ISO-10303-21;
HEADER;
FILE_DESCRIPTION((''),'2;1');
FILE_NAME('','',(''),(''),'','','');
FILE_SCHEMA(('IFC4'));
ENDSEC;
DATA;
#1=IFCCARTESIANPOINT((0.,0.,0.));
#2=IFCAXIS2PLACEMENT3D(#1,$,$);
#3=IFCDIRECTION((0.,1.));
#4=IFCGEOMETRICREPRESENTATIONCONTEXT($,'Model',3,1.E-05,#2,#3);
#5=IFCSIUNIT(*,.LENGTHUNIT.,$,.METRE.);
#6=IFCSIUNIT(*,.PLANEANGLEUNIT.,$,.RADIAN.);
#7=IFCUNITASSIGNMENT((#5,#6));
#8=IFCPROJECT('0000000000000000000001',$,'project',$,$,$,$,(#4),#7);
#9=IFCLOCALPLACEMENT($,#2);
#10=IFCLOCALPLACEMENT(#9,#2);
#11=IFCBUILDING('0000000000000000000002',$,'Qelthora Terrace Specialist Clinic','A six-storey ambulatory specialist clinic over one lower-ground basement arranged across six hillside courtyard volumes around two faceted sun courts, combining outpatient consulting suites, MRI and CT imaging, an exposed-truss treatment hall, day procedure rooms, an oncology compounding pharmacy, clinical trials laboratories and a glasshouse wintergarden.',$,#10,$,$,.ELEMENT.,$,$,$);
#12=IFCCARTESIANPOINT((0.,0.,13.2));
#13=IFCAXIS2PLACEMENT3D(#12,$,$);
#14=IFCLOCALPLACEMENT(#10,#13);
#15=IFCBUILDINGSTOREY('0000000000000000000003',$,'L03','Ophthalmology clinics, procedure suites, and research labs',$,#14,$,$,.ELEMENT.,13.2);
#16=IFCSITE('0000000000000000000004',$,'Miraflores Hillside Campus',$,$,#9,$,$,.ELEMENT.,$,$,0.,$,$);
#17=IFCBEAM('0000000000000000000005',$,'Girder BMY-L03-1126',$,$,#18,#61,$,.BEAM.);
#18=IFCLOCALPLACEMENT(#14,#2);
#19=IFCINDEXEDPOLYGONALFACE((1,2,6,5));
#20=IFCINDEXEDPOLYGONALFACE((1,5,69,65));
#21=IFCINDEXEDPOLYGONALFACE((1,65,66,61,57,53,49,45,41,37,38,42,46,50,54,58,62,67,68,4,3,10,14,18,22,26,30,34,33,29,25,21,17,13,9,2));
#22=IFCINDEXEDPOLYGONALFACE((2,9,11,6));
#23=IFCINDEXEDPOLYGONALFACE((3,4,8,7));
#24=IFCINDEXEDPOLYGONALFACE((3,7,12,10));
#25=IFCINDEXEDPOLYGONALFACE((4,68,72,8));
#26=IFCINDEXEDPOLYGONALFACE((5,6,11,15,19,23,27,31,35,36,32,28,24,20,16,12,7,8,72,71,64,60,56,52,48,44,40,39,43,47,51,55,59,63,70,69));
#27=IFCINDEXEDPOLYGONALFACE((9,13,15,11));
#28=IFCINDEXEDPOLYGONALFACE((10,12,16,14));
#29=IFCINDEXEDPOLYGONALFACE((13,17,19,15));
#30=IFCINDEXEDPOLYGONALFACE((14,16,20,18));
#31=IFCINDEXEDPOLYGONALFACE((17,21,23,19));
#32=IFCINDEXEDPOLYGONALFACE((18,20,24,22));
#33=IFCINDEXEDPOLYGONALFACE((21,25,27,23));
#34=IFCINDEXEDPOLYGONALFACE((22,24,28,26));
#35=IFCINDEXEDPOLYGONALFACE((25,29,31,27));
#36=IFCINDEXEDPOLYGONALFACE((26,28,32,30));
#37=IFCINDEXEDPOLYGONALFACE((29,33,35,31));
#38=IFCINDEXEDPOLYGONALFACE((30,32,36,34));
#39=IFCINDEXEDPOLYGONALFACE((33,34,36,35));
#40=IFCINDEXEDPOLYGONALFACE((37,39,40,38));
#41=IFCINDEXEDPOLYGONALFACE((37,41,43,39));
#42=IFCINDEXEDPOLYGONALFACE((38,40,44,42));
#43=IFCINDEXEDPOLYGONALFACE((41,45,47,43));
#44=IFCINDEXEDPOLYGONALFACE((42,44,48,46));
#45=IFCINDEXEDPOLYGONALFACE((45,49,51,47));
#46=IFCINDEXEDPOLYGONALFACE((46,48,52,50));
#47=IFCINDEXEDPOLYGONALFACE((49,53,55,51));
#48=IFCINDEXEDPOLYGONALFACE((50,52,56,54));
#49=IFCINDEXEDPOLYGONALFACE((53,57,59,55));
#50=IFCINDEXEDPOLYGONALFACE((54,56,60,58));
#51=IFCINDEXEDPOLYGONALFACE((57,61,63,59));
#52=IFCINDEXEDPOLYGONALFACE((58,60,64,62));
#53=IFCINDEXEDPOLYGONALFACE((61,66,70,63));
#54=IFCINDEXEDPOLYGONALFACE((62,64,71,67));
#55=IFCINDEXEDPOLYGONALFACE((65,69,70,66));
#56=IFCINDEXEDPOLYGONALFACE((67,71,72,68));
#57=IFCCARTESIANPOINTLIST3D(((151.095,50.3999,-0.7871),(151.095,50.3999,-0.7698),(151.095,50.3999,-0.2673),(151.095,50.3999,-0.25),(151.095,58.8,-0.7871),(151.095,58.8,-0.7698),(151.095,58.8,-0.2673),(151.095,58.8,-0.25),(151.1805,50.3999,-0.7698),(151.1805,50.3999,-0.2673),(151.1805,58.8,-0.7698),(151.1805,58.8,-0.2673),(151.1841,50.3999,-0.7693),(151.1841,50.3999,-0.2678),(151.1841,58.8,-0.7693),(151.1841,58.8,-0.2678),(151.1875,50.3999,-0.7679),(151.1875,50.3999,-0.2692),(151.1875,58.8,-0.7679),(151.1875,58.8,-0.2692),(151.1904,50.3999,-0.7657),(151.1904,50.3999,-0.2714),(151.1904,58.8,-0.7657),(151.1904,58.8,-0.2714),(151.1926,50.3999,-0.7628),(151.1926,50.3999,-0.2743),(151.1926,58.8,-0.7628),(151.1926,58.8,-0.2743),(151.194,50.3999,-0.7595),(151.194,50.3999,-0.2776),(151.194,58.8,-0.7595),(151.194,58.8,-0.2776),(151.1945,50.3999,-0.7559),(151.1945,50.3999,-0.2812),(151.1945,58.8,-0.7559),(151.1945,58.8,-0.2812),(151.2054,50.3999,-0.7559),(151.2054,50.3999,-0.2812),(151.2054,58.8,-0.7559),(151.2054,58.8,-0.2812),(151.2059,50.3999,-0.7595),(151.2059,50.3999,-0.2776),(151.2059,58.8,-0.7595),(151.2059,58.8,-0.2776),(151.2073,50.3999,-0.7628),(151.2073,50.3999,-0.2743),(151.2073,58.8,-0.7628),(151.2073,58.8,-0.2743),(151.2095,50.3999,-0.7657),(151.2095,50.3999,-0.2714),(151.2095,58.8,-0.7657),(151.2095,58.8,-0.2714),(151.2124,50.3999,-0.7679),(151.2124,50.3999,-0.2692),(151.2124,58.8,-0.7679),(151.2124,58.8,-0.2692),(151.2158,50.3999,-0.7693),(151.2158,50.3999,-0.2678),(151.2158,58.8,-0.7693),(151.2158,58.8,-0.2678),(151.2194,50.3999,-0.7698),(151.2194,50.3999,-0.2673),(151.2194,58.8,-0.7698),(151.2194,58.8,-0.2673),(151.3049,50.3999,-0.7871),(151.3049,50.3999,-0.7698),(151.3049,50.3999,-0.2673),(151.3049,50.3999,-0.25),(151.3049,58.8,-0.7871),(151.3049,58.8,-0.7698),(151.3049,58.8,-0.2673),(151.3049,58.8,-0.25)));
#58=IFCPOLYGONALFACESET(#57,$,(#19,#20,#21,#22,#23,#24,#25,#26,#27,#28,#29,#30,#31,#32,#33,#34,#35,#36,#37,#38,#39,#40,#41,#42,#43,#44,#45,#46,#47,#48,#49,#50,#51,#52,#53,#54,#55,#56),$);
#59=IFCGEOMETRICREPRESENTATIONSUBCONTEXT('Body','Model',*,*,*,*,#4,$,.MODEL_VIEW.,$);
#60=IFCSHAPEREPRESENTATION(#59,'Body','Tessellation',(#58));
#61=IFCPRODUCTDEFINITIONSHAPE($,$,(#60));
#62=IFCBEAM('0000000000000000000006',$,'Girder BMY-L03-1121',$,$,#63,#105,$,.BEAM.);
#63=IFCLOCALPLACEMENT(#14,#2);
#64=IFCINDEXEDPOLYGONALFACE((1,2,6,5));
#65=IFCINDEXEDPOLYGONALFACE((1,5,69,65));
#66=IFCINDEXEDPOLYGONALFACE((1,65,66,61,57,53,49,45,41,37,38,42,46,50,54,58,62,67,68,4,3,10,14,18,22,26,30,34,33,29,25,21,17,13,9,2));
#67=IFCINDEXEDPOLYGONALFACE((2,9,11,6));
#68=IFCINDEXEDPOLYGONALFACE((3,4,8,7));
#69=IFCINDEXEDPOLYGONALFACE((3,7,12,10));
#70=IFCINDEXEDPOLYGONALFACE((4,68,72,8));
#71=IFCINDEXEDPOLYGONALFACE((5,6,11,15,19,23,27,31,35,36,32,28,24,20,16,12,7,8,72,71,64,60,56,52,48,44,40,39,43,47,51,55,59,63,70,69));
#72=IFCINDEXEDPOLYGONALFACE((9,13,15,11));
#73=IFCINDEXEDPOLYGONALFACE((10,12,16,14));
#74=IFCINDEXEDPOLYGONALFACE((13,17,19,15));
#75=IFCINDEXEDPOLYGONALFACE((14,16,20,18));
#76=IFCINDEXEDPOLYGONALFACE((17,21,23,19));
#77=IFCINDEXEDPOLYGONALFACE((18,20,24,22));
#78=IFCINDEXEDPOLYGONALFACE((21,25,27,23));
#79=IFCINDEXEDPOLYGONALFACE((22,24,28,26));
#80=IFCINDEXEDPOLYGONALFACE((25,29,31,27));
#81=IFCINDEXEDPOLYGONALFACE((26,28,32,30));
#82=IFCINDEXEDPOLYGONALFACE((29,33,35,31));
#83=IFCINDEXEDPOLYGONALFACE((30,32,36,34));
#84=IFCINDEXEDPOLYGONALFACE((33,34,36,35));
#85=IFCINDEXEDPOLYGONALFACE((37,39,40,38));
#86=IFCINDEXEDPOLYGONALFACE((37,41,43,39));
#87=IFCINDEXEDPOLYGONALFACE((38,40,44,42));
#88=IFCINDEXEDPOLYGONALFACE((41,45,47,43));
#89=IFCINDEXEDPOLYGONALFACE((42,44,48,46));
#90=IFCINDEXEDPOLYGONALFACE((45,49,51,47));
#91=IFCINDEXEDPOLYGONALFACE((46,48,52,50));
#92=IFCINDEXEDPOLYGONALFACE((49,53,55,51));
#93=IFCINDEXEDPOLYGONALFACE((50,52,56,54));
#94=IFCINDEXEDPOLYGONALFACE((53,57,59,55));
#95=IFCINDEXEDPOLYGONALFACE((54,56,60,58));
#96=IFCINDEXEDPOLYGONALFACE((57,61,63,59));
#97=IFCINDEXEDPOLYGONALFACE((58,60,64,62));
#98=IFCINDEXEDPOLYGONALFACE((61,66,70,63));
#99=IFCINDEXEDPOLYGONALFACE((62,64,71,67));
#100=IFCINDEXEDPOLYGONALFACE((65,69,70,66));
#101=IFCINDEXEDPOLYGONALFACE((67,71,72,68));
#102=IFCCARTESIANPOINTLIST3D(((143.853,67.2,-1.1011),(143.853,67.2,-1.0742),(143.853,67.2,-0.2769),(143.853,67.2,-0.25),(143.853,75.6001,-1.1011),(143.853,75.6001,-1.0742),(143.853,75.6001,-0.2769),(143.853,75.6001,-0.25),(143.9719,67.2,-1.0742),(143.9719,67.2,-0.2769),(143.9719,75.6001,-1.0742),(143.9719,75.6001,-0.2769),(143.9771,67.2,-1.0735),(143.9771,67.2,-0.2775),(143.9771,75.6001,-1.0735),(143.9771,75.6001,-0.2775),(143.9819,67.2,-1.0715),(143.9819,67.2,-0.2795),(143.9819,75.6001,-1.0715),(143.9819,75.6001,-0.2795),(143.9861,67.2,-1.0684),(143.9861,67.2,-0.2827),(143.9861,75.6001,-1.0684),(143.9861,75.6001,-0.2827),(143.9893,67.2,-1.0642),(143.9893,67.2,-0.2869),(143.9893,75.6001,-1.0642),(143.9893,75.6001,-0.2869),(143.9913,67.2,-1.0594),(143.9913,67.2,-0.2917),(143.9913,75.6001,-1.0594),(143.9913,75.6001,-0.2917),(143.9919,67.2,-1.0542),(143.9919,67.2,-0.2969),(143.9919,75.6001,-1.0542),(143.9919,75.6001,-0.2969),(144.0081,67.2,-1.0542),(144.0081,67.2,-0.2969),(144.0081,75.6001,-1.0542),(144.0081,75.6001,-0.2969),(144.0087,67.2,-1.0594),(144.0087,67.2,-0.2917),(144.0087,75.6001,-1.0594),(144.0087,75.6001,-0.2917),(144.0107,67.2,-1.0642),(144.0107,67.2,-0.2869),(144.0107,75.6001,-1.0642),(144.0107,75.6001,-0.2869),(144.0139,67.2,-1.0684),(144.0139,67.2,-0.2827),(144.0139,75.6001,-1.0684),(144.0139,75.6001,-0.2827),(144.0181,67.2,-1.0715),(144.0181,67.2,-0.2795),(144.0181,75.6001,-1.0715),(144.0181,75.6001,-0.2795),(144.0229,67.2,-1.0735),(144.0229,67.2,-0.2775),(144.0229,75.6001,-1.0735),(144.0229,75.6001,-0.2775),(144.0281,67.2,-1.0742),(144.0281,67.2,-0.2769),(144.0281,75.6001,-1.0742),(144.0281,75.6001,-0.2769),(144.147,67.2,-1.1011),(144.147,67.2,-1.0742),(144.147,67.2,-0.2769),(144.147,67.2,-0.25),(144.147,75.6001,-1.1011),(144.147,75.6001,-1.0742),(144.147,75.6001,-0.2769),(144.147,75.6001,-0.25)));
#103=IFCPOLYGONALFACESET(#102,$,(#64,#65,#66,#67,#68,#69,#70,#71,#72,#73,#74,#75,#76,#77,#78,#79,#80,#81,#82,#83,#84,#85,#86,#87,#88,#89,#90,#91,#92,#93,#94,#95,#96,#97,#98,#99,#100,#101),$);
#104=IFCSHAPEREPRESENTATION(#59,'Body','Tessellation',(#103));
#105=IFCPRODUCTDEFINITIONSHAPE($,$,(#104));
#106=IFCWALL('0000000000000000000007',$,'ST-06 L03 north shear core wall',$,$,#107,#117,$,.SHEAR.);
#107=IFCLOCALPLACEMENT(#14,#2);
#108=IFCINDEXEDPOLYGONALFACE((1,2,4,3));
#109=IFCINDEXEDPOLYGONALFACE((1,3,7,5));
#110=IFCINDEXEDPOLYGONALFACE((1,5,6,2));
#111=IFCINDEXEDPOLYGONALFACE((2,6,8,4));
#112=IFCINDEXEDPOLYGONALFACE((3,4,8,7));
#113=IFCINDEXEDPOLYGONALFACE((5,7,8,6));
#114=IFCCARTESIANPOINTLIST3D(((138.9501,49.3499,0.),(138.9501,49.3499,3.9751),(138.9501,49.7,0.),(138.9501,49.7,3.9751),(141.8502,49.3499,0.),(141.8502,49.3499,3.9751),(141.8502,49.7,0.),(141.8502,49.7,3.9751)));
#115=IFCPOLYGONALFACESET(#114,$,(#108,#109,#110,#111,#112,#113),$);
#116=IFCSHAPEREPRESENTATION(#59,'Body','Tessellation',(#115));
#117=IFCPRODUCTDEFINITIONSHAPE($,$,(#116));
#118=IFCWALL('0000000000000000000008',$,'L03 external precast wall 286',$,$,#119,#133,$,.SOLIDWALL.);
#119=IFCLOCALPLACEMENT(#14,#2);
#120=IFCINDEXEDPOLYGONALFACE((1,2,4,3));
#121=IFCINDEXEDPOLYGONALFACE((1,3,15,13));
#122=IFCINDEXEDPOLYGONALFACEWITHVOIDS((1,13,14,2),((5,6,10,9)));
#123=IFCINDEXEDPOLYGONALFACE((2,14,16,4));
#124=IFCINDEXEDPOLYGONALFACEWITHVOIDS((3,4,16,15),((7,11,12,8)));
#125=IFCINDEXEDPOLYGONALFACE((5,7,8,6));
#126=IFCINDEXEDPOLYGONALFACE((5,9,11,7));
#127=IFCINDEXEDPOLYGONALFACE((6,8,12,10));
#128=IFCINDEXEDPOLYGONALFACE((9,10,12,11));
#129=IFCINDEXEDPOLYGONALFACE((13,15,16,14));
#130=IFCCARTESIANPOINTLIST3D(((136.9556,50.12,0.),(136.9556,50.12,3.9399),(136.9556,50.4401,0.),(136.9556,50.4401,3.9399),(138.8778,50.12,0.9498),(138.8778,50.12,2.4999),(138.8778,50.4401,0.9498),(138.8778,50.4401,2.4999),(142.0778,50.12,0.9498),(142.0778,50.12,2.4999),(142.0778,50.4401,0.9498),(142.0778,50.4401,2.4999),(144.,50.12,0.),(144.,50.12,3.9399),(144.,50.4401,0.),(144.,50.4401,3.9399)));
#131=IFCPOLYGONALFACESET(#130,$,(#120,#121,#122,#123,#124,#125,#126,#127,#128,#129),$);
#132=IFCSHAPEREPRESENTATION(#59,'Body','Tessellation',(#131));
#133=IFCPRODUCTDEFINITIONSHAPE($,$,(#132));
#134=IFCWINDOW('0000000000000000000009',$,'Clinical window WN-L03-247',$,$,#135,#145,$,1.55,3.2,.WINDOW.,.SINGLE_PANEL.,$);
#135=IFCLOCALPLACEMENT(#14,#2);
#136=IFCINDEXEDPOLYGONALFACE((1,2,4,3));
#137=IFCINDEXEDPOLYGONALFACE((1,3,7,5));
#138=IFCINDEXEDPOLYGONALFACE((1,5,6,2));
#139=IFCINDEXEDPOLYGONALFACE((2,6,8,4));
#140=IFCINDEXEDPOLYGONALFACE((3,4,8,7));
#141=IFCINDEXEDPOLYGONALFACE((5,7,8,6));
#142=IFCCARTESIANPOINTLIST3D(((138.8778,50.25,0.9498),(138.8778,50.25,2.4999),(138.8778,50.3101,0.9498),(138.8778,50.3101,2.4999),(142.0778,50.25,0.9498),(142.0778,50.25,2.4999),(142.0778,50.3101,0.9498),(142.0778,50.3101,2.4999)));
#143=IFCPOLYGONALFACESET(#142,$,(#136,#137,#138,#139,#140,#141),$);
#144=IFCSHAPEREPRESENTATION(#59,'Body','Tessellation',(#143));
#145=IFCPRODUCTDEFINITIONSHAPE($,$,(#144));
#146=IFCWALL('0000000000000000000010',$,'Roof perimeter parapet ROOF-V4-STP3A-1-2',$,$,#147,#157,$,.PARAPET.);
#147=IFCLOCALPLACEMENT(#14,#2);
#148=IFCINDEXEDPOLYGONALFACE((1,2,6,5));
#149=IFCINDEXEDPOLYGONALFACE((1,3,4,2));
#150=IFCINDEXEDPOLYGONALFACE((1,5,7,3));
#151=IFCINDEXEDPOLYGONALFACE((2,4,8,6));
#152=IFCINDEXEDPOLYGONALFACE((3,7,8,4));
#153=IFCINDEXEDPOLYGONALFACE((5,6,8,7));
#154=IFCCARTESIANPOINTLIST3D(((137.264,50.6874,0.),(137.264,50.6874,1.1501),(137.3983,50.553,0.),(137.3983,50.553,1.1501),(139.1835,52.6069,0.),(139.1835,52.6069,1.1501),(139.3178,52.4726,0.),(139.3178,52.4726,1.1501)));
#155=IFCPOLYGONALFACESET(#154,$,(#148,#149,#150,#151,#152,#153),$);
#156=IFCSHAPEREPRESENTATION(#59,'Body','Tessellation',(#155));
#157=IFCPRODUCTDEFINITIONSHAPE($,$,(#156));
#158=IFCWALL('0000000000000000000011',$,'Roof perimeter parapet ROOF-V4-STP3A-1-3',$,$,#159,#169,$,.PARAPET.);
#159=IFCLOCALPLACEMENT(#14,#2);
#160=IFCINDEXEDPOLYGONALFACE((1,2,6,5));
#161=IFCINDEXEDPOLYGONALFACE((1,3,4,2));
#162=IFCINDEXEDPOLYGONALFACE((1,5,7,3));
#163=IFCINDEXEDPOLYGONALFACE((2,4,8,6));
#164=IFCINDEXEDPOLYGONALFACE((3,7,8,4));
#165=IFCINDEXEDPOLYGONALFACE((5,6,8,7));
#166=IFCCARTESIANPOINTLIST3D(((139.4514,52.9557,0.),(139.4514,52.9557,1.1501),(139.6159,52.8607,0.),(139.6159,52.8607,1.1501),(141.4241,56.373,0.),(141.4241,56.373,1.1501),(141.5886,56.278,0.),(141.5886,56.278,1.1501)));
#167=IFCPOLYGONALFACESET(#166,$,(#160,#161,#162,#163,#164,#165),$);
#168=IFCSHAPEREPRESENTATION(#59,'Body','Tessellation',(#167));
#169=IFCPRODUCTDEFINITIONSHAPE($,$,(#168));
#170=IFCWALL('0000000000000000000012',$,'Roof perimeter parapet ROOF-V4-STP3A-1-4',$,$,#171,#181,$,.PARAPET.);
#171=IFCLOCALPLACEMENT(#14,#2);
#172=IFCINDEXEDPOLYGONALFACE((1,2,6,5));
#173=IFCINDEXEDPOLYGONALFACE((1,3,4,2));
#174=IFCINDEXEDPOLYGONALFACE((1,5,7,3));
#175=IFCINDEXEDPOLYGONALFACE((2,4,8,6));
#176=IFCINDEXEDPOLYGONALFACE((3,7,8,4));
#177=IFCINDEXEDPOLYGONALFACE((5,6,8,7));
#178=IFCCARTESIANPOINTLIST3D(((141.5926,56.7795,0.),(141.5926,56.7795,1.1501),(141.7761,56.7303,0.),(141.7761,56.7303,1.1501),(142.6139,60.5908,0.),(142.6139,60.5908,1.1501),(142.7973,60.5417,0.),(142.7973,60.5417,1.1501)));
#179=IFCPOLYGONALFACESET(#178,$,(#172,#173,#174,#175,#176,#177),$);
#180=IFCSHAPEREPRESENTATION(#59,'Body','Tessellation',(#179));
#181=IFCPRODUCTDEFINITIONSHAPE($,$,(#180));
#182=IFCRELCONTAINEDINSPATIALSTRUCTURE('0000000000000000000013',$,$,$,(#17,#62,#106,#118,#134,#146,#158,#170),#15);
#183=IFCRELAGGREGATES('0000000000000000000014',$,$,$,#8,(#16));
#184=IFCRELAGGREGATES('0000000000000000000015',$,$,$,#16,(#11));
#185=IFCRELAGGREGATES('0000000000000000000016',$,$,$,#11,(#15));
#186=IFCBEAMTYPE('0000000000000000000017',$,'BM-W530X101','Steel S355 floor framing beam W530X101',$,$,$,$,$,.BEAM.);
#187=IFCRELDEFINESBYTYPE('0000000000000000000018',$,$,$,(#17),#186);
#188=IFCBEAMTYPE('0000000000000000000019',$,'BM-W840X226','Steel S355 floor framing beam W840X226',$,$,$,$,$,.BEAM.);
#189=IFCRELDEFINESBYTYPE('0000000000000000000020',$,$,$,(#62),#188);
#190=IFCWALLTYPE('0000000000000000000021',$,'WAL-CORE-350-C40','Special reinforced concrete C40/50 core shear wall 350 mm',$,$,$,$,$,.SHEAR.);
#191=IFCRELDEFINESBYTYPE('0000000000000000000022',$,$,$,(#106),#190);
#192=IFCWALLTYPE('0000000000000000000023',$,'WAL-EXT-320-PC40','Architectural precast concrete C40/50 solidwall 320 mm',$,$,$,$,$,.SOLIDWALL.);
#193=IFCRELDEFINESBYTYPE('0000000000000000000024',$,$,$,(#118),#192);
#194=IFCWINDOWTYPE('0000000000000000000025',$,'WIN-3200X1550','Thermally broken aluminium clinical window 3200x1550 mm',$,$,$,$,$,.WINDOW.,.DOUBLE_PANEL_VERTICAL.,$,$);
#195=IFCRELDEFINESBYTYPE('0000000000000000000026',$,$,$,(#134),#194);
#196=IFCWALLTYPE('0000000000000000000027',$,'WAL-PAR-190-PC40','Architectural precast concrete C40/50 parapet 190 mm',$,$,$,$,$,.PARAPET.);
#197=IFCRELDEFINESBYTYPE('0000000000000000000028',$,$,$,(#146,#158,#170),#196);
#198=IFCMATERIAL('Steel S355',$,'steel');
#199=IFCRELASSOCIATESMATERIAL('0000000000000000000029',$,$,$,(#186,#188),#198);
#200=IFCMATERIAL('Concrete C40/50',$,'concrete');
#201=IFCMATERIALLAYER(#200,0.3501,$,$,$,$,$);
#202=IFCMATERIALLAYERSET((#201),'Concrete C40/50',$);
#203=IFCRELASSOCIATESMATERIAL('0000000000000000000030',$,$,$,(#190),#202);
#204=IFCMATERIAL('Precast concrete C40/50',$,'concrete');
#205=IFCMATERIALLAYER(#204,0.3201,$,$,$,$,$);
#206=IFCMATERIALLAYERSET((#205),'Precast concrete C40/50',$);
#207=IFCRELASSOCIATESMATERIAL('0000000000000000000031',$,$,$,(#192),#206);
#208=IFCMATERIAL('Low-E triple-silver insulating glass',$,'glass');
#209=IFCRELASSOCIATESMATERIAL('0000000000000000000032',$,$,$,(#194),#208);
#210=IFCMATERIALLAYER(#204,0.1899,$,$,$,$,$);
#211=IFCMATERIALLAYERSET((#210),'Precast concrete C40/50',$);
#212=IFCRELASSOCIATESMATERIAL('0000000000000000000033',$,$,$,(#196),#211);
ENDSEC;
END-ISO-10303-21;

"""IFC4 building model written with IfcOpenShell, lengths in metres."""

from ifc_helpers import new_model, si_unit, direction, frame, frame_2d, origin, origin_2d, place, context, subcontext, project, spatial, rectangle, i_section, extrude, material, layer, layer_set, material_profile, profile_set, type_object, element, fill, save


model = new_model("IFC4")

# Units and contexts
model_context = context("Model", 3, precision=1e-05, world=origin(), true_north=direction((0.0, 1.0)))
body_context = subcontext(model_context, "Body", "Model", "MODEL_VIEW")
ifc_project = project(units=[si_unit("LENGTHUNIT", "METRE"), si_unit("PLANEANGLEUNIT", "RADIAN")], contexts=[model_context])

# Site, building, storey
site_placement = place(None, origin())
site = spatial("IfcSite", under=ifc_project, at=site_placement, Name="Miraflores Hillside Campus", CompositionType="ELEMENT", RefElevation=0.0)
building_placement = place(site_placement, origin())
building = spatial("IfcBuilding", under=site, at=building_placement, Name="Qelthora Terrace Specialist Clinic", Description="A six-storey ambulatory specialist clinic over one lower-ground basement arranged across six hillside courtyard volumes around two faceted sun courts, combining outpatient consulting suites, MRI and CT imaging, an exposed-truss treatment hall, day procedure rooms, an oncology compounding pharmacy, clinical trials laboratories and a glasshouse wintergarden.", CompositionType="ELEMENT")
storey_placement = place(building_placement, frame((0.0, 0.0, 13.2)))
storey = spatial("IfcBuildingStorey", under=building, at=storey_placement, Name="L03", Description="Ophthalmology clinics, procedure suites, and research labs", CompositionType="ELEMENT", Elevation=13.2)

# Shared definitions
ifc_material_1 = material(Name="Steel S355", Category="steel")

# Beams
ifc_material_profile_1 = material_profile(ifc_material_1, i_section(OverallWidth=0.21, OverallDepth=0.5371, WebThickness=0.011, FlangeThickness=0.0173, FilletRadius=0.0139, at=origin_2d()), Name="W530X101")
ifc_profile_set_1 = profile_set([ifc_material_profile_1], Name="Steel S355")
beam_type_1 = type_object("IfcBeamType", Name="BM-W530X101", Description="Steel S355 floor framing beam W530X101", PredefinedType="BEAM", material=ifc_profile_set_1)
beam_1_placement = place(storey_placement, frame((151.2, 50.3999, -0.5186), z_axis=(0.0, 1.0, 0.0), x_axis=(-1.0, 0.0, 0.0)))
element("IfcBeam", 1, at=beam_1_placement, inside=storey, type_object=beam_type_1, Name="Girder BMY-L03-1126", PredefinedType="BEAM", context=body_context, shape_type="SweptSolid", body=[
    extrude(i_section(OverallWidth=0.21, OverallDepth=0.5371, WebThickness=0.011, FlangeThickness=0.0173, FilletRadius=0.0139, at=origin_2d()), origin(), (0.0, 0.0, 1.0), 8.4001),
])
ifc_material_profile_2 = material_profile(ifc_material_1, i_section(OverallWidth=0.2939, OverallDepth=0.8511, WebThickness=0.0161, FlangeThickness=0.0269, FilletRadius=0.02, at=origin_2d()), Name="W840X226")
ifc_profile_set_2 = profile_set([ifc_material_profile_2], Name="Steel S355")
beam_type_2 = type_object("IfcBeamType", Name="BM-W840X226", Description="Steel S355 floor framing beam W840X226", PredefinedType="BEAM", material=ifc_profile_set_2)
beam_2_placement = place(storey_placement, frame((144.0, 67.2, -0.6755), z_axis=(0.0, 1.0, 0.0), x_axis=(-1.0, 0.0, 0.0)))
element("IfcBeam", 2, at=beam_2_placement, inside=storey, type_object=beam_type_2, Name="Girder BMY-L03-1121", PredefinedType="BEAM", context=body_context, shape_type="SweptSolid", body=[
    extrude(i_section(OverallWidth=0.2939, OverallDepth=0.8511, WebThickness=0.0161, FlangeThickness=0.0269, FilletRadius=0.02, at=origin_2d()), origin(), (0.0, 0.0, 1.0), 8.4001),
])

# Wall
ifc_material_2 = material(Name="Concrete C40/50", Category="concrete")
ifc_layer_1 = layer(ifc_material_2, 0.3501)
ifc_layer_set_1 = layer_set([ifc_layer_1], Name="Concrete C40/50")
wall_type_1 = type_object("IfcWallType", Name="WAL-CORE-350-C40", Description="Special reinforced concrete C40/50 core shear wall 350 mm", PredefinedType="SHEAR", material=ifc_layer_set_1)
wall_1_placement = place(storey_placement, frame((138.95, 49.5249, 0.0), z_axis=(0.0, 0.0, 1.0), x_axis=(1.0, 0.0, 0.0)))
element("IfcWall", 3, at=wall_1_placement, inside=storey, type_object=wall_type_1, Name="ST-06 L03 north shear core wall", PredefinedType="SHEAR", context=body_context, shape_type="SweptSolid", body=[
    extrude(rectangle(XDim=2.9001, YDim=0.3501, at=frame_2d((1.4502, 0.0))), origin(), (0.0, 0.0, 1.0), 3.9751),
])

# Wall, opening, window
ifc_material_3 = material(Name="Precast concrete C40/50", Category="concrete")
ifc_layer_2 = layer(ifc_material_3, 0.3201)
ifc_layer_set_2 = layer_set([ifc_layer_2], Name="Precast concrete C40/50")
wall_type_2 = type_object("IfcWallType", Name="WAL-EXT-320-PC40", Description="Architectural precast concrete C40/50 solidwall 320 mm", PredefinedType="SOLIDWALL", material=ifc_layer_set_2)
wall_2_placement = place(storey_placement, frame((136.9556, 50.28, 0.0), z_axis=(0.0, 0.0, 1.0), x_axis=(1.0, 0.0, 0.0)))
wall_2 = element("IfcWall", 4, at=wall_2_placement, inside=storey, type_object=wall_type_2, Name="L03 external precast wall 286", PredefinedType="SOLIDWALL", context=body_context, shape_type="SweptSolid", body=[
    extrude(rectangle(XDim=7.0444, YDim=0.3201, at=frame_2d((3.5222, 0.0))), origin(), (0.0, 0.0, 1.0), 3.9399),
])
opening_placement = place(wall_2_placement, frame((1.9221, 0.0, 0.95)))
opening = element("IfcOpeningElement", 5, at=opening_placement, cuts=wall_2, PredefinedType="OPENING", context=body_context, shape_type="SweptSolid", body=[
    extrude(rectangle(XDim=3.2, YDim=1.55, at=frame_2d((1.6001, 0.7749))), frame((0.0, 0.1699, 0.0), z_axis=(0.0, -1.0, 0.0), x_axis=(1.0, 0.0, 0.0)), (0.0, 0.0, 1.0), 0.3401),
])
ifc_material_4 = material(Name="Low-E triple-silver insulating glass", Category="glass")
window_type = type_object("IfcWindowType", Name="WIN-3200X1550", Description="Thermally broken aluminium clinical window 3200x1550 mm", PartitioningType="DOUBLE_PANEL_VERTICAL", PredefinedType="WINDOW", material=ifc_material_4)
window_placement = place(opening_placement, origin())
window = element("IfcWindow", 6, at=window_placement, inside=storey, type_object=window_type, Name="Clinical window WN-L03-247", OverallHeight=1.55, OverallWidth=3.2, PartitioningType="SINGLE_PANEL", PredefinedType="WINDOW", context=body_context, shape_type="SweptSolid", body=[
    extrude(rectangle(XDim=3.2, YDim=1.55, at=frame_2d((1.6001, 0.7749))), frame((0.0, 0.03, 0.0), z_axis=(0.0, -1.0, 0.0), x_axis=(1.0, 0.0, 0.0)), (0.0, 0.0, 1.0), 0.0601),
])
fill(opening, window)

# Walls
ifc_layer_3 = layer(ifc_material_3, 0.1899)
ifc_layer_set_3 = layer_set([ifc_layer_3], Name="Precast concrete C40/50")
wall_type_3 = type_object("IfcWallType", Name="WAL-PAR-190-PC40", Description="Architectural precast concrete C40/50 parapet 190 mm", PredefinedType="PARAPET", material=ifc_layer_set_3)
wall_3_placement = place(storey_placement, frame((137.3311, 50.6201, 0.0), z_axis=(0.0, 0.0, 1.0), x_axis=(0.707107, 0.707107, 0.0)))
element("IfcWall", 7, at=wall_3_placement, inside=storey, type_object=wall_type_3, Name="Roof perimeter parapet ROOF-V4-STP3A-1-2", PredefinedType="PARAPET", context=body_context, shape_type="SweptSolid", body=[
    extrude(rectangle(XDim=2.7146, YDim=0.1899, at=frame_2d((1.3574, 0.0))), origin(), (0.0, 0.0, 1.0), 1.1501),
])
for number, where, z_axis, x_axis, name in (
    (8, (139.5337, 52.9082, 0.0), (0.0, 0.0, 1.0), (0.499946, 0.866057, 0.0), "Roof perimeter parapet ROOF-V4-STP3A-1-3"),
    (9, (141.6843, 56.7549, 0.0), (0.0, 0.0, 1.0), (0.258822, 0.965925, 0.0), "Roof perimeter parapet ROOF-V4-STP3A-1-4"),
):
    element("IfcWall", number, at=place(storey_placement, frame(where, z_axis=z_axis, x_axis=x_axis)), inside=storey, type_object=wall_type_3, Name=name, PredefinedType="PARAPET", context=body_context, shape_type="SweptSolid", body=[
        extrude(rectangle(XDim=3.9458, YDim=0.1899, at=frame_2d((1.9729, 0.0))), origin(), (0.0, 0.0, 1.0), 1.1501),
    ])

save(model, "model.ifc")
